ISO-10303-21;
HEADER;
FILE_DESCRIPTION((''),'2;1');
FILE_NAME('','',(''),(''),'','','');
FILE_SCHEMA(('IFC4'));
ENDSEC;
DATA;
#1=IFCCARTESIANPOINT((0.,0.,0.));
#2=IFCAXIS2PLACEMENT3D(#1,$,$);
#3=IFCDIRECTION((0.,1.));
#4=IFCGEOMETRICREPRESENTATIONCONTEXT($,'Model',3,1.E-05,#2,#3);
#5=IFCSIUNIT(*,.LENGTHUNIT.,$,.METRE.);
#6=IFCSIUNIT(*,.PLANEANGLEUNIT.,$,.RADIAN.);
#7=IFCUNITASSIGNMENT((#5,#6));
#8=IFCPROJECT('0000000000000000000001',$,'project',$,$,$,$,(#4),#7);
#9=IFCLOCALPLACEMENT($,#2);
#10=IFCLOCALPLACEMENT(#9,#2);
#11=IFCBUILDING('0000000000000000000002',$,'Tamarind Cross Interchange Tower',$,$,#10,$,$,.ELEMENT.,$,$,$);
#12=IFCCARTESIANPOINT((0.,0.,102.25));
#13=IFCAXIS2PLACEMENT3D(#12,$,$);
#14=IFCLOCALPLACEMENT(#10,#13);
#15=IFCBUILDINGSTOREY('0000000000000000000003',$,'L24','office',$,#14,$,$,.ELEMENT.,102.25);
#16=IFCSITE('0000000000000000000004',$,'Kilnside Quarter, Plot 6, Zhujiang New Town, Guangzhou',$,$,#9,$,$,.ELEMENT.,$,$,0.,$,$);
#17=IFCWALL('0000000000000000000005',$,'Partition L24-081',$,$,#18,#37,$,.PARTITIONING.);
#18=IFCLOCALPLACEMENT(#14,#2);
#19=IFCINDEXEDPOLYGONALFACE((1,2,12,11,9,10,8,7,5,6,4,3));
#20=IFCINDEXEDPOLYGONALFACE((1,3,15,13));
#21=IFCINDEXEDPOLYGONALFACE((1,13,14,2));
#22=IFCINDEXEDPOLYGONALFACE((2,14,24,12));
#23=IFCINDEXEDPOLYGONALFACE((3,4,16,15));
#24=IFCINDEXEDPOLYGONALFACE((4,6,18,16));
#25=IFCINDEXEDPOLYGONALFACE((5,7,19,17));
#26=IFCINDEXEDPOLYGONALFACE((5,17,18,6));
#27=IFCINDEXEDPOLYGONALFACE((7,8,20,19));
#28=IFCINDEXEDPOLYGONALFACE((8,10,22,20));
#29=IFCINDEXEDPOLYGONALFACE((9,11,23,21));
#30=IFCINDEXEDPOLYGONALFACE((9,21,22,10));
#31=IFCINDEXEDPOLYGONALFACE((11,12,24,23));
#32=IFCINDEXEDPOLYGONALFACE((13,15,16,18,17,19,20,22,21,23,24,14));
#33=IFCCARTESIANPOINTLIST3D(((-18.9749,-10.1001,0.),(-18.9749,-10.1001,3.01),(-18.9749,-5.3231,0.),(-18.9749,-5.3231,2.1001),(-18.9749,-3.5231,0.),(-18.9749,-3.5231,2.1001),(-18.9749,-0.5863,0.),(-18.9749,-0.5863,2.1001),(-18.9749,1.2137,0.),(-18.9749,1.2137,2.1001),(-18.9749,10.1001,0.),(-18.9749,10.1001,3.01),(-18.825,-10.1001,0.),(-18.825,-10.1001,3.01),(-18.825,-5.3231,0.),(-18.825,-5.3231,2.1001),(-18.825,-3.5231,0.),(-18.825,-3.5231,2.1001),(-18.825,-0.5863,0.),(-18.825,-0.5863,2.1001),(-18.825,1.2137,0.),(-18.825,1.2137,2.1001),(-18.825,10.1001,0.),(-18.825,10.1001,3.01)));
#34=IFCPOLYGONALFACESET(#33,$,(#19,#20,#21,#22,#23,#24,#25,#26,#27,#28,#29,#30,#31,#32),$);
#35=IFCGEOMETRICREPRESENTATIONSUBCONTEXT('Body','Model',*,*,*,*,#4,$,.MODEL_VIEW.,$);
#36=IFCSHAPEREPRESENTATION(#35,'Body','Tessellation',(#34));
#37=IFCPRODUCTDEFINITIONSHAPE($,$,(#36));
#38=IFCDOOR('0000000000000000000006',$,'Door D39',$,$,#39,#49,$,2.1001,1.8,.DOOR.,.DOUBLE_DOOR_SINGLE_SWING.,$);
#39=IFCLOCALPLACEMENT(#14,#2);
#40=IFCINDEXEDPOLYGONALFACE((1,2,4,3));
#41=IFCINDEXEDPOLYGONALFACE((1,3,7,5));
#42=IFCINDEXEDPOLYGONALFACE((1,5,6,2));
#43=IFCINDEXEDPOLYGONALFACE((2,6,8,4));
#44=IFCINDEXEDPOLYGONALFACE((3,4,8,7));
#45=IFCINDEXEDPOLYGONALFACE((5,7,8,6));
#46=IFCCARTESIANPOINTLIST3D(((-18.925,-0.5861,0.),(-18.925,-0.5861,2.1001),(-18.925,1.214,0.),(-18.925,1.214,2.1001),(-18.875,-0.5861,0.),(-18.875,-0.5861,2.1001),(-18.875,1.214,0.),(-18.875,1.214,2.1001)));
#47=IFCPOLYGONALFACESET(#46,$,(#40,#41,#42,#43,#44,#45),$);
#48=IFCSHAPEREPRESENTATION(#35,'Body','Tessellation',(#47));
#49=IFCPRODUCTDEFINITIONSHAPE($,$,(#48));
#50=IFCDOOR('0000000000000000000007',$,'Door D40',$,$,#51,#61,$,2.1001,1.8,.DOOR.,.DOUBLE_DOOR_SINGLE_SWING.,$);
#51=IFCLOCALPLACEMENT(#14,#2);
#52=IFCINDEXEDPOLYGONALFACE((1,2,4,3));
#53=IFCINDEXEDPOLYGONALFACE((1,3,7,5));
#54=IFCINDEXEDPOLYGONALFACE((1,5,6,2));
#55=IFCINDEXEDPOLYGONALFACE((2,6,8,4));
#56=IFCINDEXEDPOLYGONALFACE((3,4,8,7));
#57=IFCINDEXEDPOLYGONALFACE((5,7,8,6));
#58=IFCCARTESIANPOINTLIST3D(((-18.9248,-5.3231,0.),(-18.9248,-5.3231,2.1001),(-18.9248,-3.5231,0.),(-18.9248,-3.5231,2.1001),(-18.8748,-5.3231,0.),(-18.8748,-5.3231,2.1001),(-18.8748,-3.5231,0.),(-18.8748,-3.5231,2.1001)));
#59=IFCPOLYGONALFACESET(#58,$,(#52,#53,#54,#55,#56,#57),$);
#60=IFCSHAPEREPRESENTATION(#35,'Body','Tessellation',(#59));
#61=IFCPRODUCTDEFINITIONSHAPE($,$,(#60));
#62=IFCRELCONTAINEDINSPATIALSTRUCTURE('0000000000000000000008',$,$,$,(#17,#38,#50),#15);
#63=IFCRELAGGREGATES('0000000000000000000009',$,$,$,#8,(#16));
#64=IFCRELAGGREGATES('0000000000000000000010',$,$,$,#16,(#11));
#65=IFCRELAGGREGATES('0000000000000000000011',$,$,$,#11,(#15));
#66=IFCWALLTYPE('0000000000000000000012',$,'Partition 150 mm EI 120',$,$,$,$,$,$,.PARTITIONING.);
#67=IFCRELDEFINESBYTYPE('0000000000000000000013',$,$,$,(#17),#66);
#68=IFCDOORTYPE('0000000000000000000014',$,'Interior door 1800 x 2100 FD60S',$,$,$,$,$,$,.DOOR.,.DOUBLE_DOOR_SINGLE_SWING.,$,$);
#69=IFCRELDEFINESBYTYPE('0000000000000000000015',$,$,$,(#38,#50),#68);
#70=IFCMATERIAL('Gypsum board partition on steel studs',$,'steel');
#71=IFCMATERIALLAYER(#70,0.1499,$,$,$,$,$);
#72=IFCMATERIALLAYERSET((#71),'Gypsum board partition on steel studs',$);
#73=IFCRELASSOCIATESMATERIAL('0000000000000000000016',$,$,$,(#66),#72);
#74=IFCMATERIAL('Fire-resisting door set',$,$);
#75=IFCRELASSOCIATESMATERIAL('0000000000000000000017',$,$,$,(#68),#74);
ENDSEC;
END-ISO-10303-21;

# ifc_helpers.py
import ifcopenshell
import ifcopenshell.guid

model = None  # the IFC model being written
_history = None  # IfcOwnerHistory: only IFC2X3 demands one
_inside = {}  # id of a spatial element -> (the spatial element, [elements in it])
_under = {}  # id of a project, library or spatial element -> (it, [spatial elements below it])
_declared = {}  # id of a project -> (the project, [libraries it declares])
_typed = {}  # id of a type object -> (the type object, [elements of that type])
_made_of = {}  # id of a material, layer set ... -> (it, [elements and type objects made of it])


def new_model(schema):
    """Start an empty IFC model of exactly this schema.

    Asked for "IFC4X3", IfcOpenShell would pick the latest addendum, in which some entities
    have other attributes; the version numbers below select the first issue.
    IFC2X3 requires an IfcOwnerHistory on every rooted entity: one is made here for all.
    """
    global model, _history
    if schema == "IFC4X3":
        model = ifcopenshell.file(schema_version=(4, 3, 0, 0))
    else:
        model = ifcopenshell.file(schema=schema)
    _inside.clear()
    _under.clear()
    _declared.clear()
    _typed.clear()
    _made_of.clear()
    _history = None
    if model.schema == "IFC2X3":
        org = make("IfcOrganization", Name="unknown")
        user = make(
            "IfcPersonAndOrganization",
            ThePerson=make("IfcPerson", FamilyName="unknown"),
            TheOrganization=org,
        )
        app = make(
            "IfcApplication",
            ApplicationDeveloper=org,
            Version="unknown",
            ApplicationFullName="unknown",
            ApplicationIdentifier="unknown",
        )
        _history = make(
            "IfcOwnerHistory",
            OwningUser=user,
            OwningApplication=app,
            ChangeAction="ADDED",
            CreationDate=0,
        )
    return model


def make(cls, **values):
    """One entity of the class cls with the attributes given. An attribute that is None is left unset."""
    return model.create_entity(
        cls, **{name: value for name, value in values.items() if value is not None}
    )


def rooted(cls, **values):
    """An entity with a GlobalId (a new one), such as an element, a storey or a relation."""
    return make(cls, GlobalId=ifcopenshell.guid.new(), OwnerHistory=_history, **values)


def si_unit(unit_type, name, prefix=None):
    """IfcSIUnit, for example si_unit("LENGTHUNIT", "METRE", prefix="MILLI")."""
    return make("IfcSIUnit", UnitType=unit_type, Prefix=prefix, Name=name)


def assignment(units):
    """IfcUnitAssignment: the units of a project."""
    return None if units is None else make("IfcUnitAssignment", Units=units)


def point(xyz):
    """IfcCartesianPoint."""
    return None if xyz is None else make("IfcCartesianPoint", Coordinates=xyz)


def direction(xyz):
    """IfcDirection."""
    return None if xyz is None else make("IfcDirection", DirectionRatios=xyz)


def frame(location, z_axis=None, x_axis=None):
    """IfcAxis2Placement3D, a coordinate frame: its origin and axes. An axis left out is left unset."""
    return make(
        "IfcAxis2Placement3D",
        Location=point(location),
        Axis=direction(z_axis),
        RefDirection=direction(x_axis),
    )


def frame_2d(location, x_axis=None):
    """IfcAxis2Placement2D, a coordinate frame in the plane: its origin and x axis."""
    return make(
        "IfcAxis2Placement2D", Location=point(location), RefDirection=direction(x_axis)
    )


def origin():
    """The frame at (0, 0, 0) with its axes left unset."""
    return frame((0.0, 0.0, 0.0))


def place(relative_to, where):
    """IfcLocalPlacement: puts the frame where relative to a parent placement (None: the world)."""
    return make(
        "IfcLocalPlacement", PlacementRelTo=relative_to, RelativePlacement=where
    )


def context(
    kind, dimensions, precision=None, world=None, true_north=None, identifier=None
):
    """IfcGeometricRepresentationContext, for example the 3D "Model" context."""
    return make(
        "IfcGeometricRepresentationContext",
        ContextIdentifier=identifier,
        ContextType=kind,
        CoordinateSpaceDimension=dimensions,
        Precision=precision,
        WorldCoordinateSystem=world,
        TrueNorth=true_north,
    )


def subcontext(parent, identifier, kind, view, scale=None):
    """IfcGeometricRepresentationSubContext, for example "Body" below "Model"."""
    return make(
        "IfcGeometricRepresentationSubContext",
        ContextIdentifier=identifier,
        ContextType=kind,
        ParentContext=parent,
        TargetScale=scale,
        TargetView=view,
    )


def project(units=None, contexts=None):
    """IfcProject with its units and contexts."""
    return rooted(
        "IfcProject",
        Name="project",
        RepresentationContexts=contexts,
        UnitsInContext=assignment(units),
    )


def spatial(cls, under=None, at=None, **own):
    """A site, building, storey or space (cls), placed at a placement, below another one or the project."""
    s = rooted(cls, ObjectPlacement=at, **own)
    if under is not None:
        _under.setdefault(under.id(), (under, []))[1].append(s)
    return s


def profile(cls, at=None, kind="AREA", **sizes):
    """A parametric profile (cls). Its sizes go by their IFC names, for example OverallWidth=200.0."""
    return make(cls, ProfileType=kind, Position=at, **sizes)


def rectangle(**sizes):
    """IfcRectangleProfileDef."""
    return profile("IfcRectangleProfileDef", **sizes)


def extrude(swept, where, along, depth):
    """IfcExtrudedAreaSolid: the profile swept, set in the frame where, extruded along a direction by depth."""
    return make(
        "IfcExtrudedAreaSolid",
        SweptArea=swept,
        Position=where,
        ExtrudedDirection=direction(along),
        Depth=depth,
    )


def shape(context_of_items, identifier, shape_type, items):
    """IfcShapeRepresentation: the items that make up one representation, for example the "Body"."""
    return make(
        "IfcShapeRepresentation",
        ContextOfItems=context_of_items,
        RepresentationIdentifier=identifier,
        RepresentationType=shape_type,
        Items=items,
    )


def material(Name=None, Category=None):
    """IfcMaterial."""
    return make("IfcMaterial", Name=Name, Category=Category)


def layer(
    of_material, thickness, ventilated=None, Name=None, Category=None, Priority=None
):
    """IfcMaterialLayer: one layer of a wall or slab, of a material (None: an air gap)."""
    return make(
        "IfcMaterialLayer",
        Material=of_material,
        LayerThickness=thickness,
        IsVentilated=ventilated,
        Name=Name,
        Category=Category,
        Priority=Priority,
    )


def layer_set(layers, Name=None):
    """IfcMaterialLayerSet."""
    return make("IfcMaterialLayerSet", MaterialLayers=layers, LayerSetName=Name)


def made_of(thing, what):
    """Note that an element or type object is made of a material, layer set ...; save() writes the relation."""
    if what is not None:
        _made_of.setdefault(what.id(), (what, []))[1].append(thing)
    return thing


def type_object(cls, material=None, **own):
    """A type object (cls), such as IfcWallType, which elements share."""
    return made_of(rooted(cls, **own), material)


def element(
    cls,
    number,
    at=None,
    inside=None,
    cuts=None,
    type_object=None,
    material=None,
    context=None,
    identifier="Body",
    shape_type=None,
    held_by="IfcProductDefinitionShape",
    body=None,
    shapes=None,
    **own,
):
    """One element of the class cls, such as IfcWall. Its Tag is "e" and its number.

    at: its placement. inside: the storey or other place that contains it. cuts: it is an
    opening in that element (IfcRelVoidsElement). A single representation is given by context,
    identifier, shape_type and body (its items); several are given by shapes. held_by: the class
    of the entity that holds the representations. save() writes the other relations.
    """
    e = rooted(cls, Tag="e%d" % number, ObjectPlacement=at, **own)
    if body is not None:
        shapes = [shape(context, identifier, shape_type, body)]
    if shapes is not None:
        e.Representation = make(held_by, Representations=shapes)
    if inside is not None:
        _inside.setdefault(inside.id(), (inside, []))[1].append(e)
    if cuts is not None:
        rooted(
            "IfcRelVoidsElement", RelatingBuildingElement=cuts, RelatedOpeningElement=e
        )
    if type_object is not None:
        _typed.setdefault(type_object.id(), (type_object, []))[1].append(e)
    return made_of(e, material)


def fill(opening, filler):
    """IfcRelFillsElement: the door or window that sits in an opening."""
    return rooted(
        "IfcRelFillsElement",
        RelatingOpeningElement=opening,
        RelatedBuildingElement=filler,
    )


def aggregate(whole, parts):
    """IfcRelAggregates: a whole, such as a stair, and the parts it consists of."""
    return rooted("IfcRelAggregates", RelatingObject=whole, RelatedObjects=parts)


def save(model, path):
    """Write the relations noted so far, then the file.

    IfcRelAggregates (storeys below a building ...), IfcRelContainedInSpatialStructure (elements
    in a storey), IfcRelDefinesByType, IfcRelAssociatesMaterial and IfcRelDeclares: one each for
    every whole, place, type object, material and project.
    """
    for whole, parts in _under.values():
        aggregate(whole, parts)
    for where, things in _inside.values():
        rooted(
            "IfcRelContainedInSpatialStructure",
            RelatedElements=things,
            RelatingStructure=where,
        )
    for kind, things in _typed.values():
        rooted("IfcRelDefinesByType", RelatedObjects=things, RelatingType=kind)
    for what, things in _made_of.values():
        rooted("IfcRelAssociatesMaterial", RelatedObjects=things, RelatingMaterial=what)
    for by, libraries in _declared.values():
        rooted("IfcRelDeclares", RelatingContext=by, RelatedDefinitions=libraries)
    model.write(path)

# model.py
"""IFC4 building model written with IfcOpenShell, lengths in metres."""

from ifc_helpers import new_model, si_unit, direction, frame, frame_2d, origin, place, context, subcontext, project, spatial, rectangle, extrude, material, layer, layer_set, type_object, element, fill, save


model = new_model("IFC4")

# Units and contexts
model_context = context("Model", 3, precision=1e-05, world=origin(), true_north=direction((0.0, 1.0)))
body_context = subcontext(model_context, "Body", "Model", "MODEL_VIEW")
ifc_project = project(units=[si_unit("LENGTHUNIT", "METRE"), si_unit("PLANEANGLEUNIT", "RADIAN")], contexts=[model_context])

# Site, building, storey
site_placement = place(None, origin())
site = spatial("IfcSite", under=ifc_project, at=site_placement, Name="Kilnside Quarter, Plot 6, Zhujiang New Town, Guangzhou", CompositionType="ELEMENT", RefElevation=0.0)
building_placement = place(site_placement, origin())
building = spatial("IfcBuilding", under=site, at=building_placement, Name="Tamarind Cross Interchange Tower", CompositionType="ELEMENT")
storey_placement = place(building_placement, frame((0.0, 0.0, 102.25)))
storey = spatial("IfcBuildingStorey", under=building, at=storey_placement, Name="L24", Description="office", CompositionType="ELEMENT", Elevation=102.25)

# Shared definitions
ifc_material_1 = material(Name="Gypsum board partition on steel studs", Category="steel")
ifc_layer_1 = layer(ifc_material_1, 0.1499)
ifc_layer_set_1 = layer_set([ifc_layer_1], Name="Gypsum board partition on steel studs")
wall_type_1 = type_object("IfcWallType", Name="Partition 150 mm EI 120", PredefinedType="PARTITIONING", material=ifc_layer_set_1)

# Wall, openings, doors
ifc_material_2 = material(Name="Fire-resisting door set")
door_type = type_object("IfcDoorType", Name="Interior door 1800 x 2100 FD60S", OperationType="DOUBLE_DOOR_SINGLE_SWING", PredefinedType="DOOR", material=ifc_material_2)
wall_1_placement = place(storey_placement, frame((-18.8999, -10.1001, 0.0), z_axis=(0.0, 0.0, 1.0), x_axis=(0.0, 1.0, 0.0)))
wall_1 = element("IfcWall", 1, at=wall_1_placement, inside=storey, type_object=wall_type_1, Name="Partition L24-081", PredefinedType="PARTITIONING", context=body_context, shape_type="SweptSolid", body=[
    extrude(rectangle(XDim=20.2002, YDim=0.1499, at=frame_2d((10.1001, 0.0))), origin(), (0.0, 0.0, 1.0), 3.01),
])
opening_1_placement = place(wall_1_placement, frame((9.5139, 0.0, 0.0)))
opening_1 = element("IfcOpeningElement", 2, at=opening_1_placement, cuts=wall_1, PredefinedType="OPENING", context=body_context, shape_type="SweptSolid", body=[
    extrude(rectangle(XDim=1.8, YDim=2.1001, at=frame_2d((0.8999, 1.05))), frame((0.0, 0.085, 0.0), z_axis=(0.0, -1.0, 0.0), x_axis=(1.0, 0.0, 0.0)), (0.0, 0.0, 1.0), 0.1699),
])
opening_2_placement = place(wall_1_placement, frame((4.7771, 0.0, 0.0)))
opening_2 = element("IfcOpeningElement", 3, at=opening_2_placement, cuts=wall_1, PredefinedType="OPENING", context=body_context, shape_type="SweptSolid", body=[
    extrude(rectangle(XDim=1.8, YDim=2.1001, at=frame_2d((0.8999, 1.05))), frame((0.0, 0.085, 0.0), z_axis=(0.0, -1.0, 0.0), x_axis=(1.0, 0.0, 0.0)), (0.0, 0.0, 1.0), 0.1699),
])
door_1_placement = place(opening_1_placement, frame((1.8, 0.0, 0.0), z_axis=(0.0, 0.0, 1.0), x_axis=(-1.0, 0.0, 0.0)))
door_1 = element("IfcDoor", 4, at=door_1_placement, inside=storey, type_object=door_type, Name="Door D39", OperationType="DOUBLE_DOOR_SINGLE_SWING", OverallHeight=2.1001, OverallWidth=1.8, PredefinedType="DOOR", context=body_context, shape_type="SweptSolid", body=[
    extrude(rectangle(XDim=1.8, YDim=2.1001, at=frame_2d((0.8999, 1.05))), frame((0.0, 0.0249, 0.0), z_axis=(0.0, -1.0, 0.0), x_axis=(1.0, 0.0, 0.0)), (0.0, 0.0, 1.0), 0.05),
])
fill(opening_1, door_1)
door_2_placement = place(opening_2_placement, origin())
door_2 = element("IfcDoor", 5, at=door_2_placement, inside=storey, type_object=door_type, Name="Door D40", OperationType="DOUBLE_DOOR_SINGLE_SWING", OverallHeight=2.1001, OverallWidth=1.8, PredefinedType="DOOR", context=body_context, shape_type="SweptSolid", body=[
    extrude(rectangle(XDim=1.8, YDim=2.1001, at=frame_2d((0.8999, 1.05))), frame((0.0, 0.0249, 0.0), z_axis=(0.0, -1.0, 0.0), x_axis=(1.0, 0.0, 0.0)), (0.0, 0.0, 1.0), 0.05),
])
fill(opening_2, door_2)

save(model, "model.ifc")
